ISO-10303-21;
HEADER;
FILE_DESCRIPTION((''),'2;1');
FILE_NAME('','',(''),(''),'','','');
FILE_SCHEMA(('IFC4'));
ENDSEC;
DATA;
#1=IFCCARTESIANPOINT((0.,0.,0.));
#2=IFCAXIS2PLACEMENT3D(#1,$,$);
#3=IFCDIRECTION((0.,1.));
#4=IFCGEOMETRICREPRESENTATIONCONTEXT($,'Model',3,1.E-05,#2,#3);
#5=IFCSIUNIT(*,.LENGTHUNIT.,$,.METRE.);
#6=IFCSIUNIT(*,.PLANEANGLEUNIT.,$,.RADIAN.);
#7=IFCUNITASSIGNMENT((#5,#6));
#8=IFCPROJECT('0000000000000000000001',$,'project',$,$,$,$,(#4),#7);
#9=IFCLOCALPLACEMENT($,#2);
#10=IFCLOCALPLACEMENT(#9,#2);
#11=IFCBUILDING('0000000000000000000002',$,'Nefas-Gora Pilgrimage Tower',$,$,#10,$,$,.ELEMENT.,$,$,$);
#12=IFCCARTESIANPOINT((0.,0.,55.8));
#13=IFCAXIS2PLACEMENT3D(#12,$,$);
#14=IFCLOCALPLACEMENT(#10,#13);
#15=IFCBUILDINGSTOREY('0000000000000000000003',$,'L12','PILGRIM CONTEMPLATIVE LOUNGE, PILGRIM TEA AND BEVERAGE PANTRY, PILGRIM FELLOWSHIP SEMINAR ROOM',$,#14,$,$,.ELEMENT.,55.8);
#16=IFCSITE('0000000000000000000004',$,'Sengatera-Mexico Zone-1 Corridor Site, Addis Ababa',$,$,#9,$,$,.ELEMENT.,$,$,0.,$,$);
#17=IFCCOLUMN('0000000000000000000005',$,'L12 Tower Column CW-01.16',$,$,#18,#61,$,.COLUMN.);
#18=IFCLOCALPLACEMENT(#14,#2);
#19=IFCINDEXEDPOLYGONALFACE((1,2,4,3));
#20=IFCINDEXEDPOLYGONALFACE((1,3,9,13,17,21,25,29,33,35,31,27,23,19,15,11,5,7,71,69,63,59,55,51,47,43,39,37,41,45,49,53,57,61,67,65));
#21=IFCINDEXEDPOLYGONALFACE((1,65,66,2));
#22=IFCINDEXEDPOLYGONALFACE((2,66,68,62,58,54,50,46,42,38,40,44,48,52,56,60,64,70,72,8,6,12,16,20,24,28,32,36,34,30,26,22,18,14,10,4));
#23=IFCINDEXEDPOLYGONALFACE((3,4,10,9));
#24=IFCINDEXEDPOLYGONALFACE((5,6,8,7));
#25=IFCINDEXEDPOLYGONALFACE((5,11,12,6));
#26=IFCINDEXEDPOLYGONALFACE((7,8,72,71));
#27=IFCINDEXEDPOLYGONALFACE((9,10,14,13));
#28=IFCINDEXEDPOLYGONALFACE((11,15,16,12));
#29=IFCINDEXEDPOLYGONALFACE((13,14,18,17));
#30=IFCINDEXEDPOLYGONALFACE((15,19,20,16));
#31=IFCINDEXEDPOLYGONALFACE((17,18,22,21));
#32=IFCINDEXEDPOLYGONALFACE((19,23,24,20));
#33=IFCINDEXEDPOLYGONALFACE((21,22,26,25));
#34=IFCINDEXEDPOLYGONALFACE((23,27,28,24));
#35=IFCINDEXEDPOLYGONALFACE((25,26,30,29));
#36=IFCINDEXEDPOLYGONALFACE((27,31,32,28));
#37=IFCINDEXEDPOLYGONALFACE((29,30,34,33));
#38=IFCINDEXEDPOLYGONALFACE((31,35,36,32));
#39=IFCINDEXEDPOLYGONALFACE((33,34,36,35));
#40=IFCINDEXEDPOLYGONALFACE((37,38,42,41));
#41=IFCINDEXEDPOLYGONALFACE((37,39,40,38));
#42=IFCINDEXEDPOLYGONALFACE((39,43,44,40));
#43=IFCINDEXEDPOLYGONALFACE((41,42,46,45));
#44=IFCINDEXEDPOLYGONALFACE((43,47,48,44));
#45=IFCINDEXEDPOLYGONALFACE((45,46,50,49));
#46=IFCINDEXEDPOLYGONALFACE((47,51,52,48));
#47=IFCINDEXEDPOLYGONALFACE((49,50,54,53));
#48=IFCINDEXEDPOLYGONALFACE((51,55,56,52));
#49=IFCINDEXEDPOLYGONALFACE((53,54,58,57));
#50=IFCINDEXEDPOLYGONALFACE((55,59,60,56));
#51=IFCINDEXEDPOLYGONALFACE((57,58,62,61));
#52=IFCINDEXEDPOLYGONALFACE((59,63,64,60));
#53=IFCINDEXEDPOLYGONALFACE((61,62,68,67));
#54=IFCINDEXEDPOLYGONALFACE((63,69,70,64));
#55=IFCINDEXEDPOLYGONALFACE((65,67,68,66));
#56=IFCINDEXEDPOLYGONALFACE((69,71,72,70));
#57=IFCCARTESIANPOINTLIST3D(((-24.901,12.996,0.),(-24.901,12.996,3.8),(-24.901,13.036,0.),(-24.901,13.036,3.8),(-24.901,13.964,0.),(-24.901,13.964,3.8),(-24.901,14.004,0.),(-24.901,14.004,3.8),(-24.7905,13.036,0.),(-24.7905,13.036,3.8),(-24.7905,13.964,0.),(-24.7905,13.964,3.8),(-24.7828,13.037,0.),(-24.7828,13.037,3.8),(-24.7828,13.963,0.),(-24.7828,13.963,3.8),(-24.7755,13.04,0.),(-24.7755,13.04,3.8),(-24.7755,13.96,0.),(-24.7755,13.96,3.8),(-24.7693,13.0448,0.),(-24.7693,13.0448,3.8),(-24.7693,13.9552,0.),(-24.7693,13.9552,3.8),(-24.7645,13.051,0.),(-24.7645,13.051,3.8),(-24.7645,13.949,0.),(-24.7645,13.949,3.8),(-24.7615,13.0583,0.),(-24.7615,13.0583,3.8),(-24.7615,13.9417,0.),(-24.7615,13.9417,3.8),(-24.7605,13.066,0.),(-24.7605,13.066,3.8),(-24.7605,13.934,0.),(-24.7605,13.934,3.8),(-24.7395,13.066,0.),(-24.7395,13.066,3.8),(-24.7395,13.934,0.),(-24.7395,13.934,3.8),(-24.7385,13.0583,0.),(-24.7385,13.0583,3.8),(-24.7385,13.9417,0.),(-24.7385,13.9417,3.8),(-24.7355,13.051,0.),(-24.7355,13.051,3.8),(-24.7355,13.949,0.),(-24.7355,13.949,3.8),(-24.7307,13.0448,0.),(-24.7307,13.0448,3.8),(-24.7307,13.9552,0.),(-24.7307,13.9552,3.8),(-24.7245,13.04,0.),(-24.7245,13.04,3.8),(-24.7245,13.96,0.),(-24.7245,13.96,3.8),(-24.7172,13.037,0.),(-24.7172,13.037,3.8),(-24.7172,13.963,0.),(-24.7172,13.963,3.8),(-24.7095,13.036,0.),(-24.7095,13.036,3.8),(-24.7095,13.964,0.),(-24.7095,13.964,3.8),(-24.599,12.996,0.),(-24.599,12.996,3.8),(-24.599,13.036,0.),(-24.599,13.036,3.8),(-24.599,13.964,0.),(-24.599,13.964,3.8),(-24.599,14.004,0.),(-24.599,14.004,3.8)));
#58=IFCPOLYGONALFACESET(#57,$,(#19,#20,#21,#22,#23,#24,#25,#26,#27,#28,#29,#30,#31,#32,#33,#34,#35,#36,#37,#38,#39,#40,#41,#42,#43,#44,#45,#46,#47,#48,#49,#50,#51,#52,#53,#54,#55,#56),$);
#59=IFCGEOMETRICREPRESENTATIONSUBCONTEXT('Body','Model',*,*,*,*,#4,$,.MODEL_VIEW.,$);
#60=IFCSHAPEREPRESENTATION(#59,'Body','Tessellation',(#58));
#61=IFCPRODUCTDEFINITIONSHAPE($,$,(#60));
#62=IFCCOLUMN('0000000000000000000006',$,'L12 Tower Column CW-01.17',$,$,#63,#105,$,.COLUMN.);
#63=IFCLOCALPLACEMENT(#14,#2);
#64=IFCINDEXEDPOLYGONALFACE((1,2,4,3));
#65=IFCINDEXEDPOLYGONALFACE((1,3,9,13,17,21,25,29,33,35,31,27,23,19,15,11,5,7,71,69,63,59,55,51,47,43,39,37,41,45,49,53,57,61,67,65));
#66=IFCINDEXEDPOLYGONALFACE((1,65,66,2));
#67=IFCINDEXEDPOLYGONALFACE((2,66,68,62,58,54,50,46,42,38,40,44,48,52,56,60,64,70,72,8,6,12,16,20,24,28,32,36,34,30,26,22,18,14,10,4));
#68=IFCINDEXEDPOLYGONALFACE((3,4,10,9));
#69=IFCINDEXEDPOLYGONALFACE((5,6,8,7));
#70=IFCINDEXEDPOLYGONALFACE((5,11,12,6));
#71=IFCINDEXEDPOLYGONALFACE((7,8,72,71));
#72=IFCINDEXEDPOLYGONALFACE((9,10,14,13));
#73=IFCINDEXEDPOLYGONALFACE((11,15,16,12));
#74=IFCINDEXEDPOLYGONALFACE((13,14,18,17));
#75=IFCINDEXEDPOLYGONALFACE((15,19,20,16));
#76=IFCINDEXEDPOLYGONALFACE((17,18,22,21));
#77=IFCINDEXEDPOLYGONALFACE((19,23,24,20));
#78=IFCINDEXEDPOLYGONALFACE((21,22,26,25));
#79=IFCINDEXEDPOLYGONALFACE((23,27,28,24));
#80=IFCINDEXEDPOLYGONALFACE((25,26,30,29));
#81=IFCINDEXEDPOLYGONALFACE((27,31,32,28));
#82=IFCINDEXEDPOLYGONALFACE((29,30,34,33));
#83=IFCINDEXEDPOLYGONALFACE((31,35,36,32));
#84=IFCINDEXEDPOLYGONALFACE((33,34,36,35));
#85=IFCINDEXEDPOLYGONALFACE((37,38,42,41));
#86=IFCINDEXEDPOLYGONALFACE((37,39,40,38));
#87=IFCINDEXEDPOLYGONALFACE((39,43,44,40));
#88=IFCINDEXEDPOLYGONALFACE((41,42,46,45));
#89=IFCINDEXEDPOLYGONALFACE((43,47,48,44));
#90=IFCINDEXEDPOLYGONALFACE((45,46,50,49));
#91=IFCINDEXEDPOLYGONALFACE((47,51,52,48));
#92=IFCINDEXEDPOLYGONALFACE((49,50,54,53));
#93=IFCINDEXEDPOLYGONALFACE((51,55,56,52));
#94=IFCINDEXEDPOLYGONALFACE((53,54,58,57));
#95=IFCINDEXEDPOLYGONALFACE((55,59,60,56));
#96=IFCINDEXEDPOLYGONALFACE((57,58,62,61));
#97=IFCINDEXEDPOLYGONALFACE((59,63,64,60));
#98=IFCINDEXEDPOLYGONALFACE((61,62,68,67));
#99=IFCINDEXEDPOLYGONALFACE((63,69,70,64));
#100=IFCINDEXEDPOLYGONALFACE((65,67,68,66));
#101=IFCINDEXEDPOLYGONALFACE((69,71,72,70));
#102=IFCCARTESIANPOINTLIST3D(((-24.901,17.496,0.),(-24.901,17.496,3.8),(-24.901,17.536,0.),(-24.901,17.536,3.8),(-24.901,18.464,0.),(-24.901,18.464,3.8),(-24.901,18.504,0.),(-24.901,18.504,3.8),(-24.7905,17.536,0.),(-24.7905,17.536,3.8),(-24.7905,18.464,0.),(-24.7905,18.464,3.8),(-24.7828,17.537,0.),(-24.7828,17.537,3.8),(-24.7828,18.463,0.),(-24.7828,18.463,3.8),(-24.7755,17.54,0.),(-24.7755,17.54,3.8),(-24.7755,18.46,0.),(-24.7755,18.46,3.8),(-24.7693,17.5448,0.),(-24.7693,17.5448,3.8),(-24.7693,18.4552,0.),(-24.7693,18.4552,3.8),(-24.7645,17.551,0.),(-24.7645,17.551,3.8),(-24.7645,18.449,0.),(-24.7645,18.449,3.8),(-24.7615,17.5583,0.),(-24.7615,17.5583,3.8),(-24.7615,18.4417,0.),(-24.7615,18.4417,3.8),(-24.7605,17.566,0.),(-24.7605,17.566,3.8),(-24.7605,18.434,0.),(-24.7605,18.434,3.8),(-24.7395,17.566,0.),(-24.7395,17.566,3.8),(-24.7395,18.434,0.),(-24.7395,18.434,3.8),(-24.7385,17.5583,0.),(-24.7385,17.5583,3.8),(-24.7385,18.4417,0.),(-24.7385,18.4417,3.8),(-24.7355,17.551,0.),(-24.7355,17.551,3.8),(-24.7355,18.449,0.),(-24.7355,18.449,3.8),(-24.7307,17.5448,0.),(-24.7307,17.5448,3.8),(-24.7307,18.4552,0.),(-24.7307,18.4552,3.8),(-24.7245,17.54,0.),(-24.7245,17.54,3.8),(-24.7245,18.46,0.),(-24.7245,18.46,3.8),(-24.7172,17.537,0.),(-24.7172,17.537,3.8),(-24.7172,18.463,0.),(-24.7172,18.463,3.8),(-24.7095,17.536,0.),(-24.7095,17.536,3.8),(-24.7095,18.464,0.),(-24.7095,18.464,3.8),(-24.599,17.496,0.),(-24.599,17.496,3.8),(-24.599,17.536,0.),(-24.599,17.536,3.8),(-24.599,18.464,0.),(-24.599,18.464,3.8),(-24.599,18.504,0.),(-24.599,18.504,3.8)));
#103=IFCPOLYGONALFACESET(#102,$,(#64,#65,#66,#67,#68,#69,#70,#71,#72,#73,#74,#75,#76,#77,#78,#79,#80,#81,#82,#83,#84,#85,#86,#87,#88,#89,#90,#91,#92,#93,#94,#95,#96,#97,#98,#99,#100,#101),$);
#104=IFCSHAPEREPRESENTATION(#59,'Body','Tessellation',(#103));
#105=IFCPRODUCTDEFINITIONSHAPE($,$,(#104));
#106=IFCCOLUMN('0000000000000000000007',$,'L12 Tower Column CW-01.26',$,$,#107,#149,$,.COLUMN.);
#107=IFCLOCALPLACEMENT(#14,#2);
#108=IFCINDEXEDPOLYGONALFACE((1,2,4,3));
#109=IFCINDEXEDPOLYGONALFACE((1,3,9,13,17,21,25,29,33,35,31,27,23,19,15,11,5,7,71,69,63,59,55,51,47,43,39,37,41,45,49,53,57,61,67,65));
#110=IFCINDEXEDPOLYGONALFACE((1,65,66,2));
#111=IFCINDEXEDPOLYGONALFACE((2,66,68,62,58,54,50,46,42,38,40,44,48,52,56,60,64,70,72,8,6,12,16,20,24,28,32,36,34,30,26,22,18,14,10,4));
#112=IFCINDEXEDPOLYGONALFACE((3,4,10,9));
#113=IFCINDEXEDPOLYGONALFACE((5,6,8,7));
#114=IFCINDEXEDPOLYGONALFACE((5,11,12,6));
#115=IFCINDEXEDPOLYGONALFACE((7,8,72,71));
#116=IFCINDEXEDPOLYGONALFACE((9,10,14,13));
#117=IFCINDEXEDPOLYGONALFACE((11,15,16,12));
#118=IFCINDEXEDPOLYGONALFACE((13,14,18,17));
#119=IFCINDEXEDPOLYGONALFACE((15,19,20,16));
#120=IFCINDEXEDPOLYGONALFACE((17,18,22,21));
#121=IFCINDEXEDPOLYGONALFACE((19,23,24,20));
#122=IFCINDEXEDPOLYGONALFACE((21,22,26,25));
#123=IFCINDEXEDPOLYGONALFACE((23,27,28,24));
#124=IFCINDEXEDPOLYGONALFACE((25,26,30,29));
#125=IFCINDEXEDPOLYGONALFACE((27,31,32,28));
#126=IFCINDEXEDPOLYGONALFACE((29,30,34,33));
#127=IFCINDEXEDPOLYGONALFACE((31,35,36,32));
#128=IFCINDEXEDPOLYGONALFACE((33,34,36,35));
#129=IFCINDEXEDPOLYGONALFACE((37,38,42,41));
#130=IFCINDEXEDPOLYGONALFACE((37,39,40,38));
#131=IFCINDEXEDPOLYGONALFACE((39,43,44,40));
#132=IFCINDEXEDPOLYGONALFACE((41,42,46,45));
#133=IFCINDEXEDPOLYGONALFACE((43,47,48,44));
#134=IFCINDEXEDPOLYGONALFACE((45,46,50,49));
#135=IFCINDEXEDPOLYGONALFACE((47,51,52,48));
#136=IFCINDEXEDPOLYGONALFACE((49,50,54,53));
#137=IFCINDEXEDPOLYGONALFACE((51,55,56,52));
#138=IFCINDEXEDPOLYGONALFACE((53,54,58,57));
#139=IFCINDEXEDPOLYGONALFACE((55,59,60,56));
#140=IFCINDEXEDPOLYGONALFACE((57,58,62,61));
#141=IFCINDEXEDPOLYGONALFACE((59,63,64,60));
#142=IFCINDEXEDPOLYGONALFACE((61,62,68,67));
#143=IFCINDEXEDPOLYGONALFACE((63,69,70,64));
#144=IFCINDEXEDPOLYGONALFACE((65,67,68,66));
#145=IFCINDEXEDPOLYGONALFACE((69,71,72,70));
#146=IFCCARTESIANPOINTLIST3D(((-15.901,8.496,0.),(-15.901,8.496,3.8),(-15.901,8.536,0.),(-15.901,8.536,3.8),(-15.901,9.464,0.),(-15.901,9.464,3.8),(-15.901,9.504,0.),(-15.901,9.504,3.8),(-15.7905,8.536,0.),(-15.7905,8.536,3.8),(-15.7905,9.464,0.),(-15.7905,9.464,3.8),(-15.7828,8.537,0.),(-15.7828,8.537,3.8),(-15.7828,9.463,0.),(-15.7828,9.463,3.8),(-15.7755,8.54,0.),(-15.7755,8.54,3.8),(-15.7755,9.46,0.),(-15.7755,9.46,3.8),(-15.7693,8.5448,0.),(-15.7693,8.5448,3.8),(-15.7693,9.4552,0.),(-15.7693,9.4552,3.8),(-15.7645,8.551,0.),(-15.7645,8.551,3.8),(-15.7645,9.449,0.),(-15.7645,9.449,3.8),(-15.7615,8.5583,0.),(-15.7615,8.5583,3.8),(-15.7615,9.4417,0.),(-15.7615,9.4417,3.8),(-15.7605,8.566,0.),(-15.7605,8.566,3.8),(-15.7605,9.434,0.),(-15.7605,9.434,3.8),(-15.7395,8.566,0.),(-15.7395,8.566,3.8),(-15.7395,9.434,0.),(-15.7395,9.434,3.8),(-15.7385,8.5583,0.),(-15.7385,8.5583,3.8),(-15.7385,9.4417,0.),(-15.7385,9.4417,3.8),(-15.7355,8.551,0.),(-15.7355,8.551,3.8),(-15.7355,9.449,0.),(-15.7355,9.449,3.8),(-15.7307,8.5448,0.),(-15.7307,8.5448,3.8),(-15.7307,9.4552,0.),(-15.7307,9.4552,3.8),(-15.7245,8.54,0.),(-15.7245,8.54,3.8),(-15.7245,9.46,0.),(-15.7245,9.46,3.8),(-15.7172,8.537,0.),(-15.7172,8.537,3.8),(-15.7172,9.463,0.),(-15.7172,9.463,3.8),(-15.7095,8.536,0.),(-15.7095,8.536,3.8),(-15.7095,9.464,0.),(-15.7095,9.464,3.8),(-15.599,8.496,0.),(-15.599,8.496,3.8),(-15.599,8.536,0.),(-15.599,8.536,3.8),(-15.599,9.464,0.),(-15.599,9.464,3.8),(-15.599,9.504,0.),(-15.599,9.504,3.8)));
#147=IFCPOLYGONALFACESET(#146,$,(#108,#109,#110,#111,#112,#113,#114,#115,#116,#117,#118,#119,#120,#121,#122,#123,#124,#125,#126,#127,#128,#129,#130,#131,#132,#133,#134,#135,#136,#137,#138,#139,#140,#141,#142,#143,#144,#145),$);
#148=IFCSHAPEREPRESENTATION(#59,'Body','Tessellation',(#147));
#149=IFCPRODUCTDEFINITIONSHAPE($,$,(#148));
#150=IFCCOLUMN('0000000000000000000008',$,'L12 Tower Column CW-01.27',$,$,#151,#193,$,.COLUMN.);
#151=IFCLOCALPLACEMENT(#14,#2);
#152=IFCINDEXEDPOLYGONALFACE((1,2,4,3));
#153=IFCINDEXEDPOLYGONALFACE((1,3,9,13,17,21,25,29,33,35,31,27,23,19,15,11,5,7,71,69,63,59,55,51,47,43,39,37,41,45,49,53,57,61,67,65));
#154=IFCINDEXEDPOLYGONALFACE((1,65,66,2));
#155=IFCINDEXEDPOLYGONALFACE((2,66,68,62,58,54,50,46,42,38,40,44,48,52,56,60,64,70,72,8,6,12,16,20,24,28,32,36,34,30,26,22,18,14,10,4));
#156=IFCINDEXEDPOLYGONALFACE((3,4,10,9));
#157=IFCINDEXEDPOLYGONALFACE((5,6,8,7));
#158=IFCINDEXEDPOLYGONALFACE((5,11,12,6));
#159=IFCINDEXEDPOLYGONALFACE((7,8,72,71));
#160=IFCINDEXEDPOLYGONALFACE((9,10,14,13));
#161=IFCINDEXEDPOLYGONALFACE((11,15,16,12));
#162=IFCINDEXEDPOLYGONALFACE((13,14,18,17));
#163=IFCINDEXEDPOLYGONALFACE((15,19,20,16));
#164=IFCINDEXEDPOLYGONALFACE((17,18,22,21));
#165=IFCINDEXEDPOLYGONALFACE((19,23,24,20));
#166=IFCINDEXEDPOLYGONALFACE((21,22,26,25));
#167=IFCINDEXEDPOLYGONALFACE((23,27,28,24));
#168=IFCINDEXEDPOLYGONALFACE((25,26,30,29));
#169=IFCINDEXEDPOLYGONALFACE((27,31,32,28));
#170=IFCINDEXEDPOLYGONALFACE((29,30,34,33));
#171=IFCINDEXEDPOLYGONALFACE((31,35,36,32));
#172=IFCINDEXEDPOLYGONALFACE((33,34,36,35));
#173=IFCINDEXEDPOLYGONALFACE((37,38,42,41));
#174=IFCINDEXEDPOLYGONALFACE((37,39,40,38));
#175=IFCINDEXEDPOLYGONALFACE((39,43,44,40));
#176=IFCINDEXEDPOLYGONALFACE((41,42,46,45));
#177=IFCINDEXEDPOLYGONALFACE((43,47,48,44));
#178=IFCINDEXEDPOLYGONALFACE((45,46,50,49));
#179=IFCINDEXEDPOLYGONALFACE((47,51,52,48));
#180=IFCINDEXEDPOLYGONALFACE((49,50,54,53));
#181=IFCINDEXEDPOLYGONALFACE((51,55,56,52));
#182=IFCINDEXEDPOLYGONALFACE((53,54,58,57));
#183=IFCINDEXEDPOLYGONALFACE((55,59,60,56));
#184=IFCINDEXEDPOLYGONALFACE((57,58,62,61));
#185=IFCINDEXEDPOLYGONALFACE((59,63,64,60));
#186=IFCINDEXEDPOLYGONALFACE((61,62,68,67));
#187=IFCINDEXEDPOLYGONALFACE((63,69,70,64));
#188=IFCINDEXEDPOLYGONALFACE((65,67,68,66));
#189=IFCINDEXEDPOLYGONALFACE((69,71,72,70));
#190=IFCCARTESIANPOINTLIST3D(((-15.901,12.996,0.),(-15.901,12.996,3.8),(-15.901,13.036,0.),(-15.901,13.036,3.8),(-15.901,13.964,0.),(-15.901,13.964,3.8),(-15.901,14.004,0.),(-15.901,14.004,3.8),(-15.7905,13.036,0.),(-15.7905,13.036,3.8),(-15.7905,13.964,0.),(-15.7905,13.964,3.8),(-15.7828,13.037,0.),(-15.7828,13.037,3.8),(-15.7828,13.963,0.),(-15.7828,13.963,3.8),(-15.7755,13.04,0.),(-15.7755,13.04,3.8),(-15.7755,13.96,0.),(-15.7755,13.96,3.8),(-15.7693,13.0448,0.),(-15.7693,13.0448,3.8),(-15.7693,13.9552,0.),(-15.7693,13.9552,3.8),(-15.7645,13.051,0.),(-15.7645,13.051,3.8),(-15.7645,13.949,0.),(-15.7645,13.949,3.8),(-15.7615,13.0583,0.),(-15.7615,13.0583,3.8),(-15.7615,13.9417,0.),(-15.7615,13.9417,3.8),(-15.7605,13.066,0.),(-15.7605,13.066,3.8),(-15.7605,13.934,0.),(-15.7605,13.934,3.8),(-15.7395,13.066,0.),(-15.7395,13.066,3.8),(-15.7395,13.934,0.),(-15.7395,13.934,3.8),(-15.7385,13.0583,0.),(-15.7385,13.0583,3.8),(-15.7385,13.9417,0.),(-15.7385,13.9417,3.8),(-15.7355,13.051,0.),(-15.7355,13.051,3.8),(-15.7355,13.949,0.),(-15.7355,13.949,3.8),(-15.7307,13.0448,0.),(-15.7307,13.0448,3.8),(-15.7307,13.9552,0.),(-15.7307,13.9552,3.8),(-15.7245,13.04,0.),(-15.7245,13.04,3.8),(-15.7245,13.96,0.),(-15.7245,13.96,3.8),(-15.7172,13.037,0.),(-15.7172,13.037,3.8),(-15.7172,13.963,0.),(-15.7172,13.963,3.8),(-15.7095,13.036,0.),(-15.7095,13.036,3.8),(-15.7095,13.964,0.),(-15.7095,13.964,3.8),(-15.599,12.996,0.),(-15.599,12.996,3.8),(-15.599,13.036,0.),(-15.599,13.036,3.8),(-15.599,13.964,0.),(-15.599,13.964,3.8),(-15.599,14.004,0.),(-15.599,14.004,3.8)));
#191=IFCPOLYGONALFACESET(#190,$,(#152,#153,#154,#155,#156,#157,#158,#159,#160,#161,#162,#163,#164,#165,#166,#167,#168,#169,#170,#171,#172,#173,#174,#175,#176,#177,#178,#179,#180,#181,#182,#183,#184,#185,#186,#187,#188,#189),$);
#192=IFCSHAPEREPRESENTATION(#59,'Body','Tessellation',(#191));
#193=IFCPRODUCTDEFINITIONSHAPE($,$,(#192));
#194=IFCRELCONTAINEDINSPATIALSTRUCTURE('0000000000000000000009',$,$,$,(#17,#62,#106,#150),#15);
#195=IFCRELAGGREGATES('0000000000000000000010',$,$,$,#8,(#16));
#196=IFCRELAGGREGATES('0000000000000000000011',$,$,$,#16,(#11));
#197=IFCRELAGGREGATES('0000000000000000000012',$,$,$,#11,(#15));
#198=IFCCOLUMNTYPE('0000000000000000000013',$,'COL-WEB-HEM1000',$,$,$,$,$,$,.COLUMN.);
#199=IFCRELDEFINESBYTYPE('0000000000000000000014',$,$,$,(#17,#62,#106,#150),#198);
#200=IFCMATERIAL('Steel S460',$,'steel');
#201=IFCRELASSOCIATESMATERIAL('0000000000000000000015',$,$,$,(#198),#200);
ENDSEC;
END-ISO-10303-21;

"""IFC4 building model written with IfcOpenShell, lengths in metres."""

from ifc_helpers import new_model, si_unit, direction, frame, origin, origin_2d, place, context, subcontext, project, spatial, i_section, extrude, source, transform, mapped, material, material_profile, profile_set, type_object, element, save


model = new_model("IFC4")

# Units and contexts
model_context = context("Model", 3, precision=1e-05, world=origin(), true_north=direction((0.0, 1.0)))
body_context = subcontext(model_context, "Body", "Model", "MODEL_VIEW")
ifc_project = project(units=[si_unit("LENGTHUNIT", "METRE"), si_unit("PLANEANGLEUNIT", "RADIAN")], contexts=[model_context])

# Site, building, storey
site_placement = place(None, origin())
site = spatial("IfcSite", under=ifc_project, at=site_placement, Name="Sengatera-Mexico Zone-1 Corridor Site, Addis Ababa", CompositionType="ELEMENT", RefElevation=0.0)
building_placement = place(site_placement, origin())
building = spatial("IfcBuilding", under=site, at=building_placement, Name="Nefas-Gora Pilgrimage Tower", CompositionType="ELEMENT")
storey_placement = place(building_placement, frame((0.0, 0.0, 55.8)))
storey = spatial("IfcBuildingStorey", under=building, at=storey_placement, Name="L12", Description="PILGRIM CONTEMPLATIVE LOUNGE, PILGRIM TEA AND BEVERAGE PANTRY, PILGRIM FELLOWSHIP SEMINAR ROOM", CompositionType="ELEMENT", Elevation=55.8)

# Columns
ifc_material_1 = material(Name="Steel S460", Category="steel")
ifc_material_profile_1 = material_profile(ifc_material_1, i_section(OverallWidth=0.302, OverallDepth=1.0081, WebThickness=0.021, FlangeThickness=0.04, FilletRadius=0.03, at=origin_2d()), Name="HEM 1000")
ifc_profile_set_1 = profile_set([ifc_material_profile_1], Name="Steel S460")
column_type_1 = type_object("IfcColumnType", Name="COL-WEB-HEM1000", PredefinedType="COLUMN", material=ifc_profile_set_1)
shared_shape_1 = source(origin(), body_context, "Body", "SweptSolid", [
    extrude(i_section(OverallWidth=0.302, OverallDepth=1.0081, WebThickness=0.021, FlangeThickness=0.04, FilletRadius=0.03, at=origin_2d()), origin(), (0.0, 0.0, 1.0), 3.8),
])
for number, where, z_axis, x_axis, name in (
    (1, (-24.75, 13.5, 0.0), (0.0, 0.0, 1.0), (1.0, 0.0, 0.0), "L12 Tower Column CW-01.16"),
    (2, (-24.75, 18.0, 0.0), (0.0, 0.0, 1.0), (1.0, 0.0, 0.0), "L12 Tower Column CW-01.17"),
    (3, (-15.75, 9.0, 0.0), (0.0, 0.0, 1.0), (1.0, 0.0, 0.0), "L12 Tower Column CW-01.26"),
    (4, (-15.75, 13.5, 0.0), (0.0, 0.0, 1.0), (1.0, 0.0, 0.0), "L12 Tower Column CW-01.27"),
):
    element("IfcColumn", number, at=place(storey_placement, frame(where, z_axis=z_axis, x_axis=x_axis)), inside=storey, type_object=column_type_1, Name=name, PredefinedType="COLUMN", context=body_context, shape_type="MappedRepresentation", body=[
        mapped(shared_shape_1, transform((0.0, 0.0, 0.0), x_axis=(1.0, 0.0, 0.0), y_axis=(0.0, 1.0, 0.0), z_axis=(0.0, 0.0, 1.0), scale=1.0)),
    ])

save(model, "model.ifc")
